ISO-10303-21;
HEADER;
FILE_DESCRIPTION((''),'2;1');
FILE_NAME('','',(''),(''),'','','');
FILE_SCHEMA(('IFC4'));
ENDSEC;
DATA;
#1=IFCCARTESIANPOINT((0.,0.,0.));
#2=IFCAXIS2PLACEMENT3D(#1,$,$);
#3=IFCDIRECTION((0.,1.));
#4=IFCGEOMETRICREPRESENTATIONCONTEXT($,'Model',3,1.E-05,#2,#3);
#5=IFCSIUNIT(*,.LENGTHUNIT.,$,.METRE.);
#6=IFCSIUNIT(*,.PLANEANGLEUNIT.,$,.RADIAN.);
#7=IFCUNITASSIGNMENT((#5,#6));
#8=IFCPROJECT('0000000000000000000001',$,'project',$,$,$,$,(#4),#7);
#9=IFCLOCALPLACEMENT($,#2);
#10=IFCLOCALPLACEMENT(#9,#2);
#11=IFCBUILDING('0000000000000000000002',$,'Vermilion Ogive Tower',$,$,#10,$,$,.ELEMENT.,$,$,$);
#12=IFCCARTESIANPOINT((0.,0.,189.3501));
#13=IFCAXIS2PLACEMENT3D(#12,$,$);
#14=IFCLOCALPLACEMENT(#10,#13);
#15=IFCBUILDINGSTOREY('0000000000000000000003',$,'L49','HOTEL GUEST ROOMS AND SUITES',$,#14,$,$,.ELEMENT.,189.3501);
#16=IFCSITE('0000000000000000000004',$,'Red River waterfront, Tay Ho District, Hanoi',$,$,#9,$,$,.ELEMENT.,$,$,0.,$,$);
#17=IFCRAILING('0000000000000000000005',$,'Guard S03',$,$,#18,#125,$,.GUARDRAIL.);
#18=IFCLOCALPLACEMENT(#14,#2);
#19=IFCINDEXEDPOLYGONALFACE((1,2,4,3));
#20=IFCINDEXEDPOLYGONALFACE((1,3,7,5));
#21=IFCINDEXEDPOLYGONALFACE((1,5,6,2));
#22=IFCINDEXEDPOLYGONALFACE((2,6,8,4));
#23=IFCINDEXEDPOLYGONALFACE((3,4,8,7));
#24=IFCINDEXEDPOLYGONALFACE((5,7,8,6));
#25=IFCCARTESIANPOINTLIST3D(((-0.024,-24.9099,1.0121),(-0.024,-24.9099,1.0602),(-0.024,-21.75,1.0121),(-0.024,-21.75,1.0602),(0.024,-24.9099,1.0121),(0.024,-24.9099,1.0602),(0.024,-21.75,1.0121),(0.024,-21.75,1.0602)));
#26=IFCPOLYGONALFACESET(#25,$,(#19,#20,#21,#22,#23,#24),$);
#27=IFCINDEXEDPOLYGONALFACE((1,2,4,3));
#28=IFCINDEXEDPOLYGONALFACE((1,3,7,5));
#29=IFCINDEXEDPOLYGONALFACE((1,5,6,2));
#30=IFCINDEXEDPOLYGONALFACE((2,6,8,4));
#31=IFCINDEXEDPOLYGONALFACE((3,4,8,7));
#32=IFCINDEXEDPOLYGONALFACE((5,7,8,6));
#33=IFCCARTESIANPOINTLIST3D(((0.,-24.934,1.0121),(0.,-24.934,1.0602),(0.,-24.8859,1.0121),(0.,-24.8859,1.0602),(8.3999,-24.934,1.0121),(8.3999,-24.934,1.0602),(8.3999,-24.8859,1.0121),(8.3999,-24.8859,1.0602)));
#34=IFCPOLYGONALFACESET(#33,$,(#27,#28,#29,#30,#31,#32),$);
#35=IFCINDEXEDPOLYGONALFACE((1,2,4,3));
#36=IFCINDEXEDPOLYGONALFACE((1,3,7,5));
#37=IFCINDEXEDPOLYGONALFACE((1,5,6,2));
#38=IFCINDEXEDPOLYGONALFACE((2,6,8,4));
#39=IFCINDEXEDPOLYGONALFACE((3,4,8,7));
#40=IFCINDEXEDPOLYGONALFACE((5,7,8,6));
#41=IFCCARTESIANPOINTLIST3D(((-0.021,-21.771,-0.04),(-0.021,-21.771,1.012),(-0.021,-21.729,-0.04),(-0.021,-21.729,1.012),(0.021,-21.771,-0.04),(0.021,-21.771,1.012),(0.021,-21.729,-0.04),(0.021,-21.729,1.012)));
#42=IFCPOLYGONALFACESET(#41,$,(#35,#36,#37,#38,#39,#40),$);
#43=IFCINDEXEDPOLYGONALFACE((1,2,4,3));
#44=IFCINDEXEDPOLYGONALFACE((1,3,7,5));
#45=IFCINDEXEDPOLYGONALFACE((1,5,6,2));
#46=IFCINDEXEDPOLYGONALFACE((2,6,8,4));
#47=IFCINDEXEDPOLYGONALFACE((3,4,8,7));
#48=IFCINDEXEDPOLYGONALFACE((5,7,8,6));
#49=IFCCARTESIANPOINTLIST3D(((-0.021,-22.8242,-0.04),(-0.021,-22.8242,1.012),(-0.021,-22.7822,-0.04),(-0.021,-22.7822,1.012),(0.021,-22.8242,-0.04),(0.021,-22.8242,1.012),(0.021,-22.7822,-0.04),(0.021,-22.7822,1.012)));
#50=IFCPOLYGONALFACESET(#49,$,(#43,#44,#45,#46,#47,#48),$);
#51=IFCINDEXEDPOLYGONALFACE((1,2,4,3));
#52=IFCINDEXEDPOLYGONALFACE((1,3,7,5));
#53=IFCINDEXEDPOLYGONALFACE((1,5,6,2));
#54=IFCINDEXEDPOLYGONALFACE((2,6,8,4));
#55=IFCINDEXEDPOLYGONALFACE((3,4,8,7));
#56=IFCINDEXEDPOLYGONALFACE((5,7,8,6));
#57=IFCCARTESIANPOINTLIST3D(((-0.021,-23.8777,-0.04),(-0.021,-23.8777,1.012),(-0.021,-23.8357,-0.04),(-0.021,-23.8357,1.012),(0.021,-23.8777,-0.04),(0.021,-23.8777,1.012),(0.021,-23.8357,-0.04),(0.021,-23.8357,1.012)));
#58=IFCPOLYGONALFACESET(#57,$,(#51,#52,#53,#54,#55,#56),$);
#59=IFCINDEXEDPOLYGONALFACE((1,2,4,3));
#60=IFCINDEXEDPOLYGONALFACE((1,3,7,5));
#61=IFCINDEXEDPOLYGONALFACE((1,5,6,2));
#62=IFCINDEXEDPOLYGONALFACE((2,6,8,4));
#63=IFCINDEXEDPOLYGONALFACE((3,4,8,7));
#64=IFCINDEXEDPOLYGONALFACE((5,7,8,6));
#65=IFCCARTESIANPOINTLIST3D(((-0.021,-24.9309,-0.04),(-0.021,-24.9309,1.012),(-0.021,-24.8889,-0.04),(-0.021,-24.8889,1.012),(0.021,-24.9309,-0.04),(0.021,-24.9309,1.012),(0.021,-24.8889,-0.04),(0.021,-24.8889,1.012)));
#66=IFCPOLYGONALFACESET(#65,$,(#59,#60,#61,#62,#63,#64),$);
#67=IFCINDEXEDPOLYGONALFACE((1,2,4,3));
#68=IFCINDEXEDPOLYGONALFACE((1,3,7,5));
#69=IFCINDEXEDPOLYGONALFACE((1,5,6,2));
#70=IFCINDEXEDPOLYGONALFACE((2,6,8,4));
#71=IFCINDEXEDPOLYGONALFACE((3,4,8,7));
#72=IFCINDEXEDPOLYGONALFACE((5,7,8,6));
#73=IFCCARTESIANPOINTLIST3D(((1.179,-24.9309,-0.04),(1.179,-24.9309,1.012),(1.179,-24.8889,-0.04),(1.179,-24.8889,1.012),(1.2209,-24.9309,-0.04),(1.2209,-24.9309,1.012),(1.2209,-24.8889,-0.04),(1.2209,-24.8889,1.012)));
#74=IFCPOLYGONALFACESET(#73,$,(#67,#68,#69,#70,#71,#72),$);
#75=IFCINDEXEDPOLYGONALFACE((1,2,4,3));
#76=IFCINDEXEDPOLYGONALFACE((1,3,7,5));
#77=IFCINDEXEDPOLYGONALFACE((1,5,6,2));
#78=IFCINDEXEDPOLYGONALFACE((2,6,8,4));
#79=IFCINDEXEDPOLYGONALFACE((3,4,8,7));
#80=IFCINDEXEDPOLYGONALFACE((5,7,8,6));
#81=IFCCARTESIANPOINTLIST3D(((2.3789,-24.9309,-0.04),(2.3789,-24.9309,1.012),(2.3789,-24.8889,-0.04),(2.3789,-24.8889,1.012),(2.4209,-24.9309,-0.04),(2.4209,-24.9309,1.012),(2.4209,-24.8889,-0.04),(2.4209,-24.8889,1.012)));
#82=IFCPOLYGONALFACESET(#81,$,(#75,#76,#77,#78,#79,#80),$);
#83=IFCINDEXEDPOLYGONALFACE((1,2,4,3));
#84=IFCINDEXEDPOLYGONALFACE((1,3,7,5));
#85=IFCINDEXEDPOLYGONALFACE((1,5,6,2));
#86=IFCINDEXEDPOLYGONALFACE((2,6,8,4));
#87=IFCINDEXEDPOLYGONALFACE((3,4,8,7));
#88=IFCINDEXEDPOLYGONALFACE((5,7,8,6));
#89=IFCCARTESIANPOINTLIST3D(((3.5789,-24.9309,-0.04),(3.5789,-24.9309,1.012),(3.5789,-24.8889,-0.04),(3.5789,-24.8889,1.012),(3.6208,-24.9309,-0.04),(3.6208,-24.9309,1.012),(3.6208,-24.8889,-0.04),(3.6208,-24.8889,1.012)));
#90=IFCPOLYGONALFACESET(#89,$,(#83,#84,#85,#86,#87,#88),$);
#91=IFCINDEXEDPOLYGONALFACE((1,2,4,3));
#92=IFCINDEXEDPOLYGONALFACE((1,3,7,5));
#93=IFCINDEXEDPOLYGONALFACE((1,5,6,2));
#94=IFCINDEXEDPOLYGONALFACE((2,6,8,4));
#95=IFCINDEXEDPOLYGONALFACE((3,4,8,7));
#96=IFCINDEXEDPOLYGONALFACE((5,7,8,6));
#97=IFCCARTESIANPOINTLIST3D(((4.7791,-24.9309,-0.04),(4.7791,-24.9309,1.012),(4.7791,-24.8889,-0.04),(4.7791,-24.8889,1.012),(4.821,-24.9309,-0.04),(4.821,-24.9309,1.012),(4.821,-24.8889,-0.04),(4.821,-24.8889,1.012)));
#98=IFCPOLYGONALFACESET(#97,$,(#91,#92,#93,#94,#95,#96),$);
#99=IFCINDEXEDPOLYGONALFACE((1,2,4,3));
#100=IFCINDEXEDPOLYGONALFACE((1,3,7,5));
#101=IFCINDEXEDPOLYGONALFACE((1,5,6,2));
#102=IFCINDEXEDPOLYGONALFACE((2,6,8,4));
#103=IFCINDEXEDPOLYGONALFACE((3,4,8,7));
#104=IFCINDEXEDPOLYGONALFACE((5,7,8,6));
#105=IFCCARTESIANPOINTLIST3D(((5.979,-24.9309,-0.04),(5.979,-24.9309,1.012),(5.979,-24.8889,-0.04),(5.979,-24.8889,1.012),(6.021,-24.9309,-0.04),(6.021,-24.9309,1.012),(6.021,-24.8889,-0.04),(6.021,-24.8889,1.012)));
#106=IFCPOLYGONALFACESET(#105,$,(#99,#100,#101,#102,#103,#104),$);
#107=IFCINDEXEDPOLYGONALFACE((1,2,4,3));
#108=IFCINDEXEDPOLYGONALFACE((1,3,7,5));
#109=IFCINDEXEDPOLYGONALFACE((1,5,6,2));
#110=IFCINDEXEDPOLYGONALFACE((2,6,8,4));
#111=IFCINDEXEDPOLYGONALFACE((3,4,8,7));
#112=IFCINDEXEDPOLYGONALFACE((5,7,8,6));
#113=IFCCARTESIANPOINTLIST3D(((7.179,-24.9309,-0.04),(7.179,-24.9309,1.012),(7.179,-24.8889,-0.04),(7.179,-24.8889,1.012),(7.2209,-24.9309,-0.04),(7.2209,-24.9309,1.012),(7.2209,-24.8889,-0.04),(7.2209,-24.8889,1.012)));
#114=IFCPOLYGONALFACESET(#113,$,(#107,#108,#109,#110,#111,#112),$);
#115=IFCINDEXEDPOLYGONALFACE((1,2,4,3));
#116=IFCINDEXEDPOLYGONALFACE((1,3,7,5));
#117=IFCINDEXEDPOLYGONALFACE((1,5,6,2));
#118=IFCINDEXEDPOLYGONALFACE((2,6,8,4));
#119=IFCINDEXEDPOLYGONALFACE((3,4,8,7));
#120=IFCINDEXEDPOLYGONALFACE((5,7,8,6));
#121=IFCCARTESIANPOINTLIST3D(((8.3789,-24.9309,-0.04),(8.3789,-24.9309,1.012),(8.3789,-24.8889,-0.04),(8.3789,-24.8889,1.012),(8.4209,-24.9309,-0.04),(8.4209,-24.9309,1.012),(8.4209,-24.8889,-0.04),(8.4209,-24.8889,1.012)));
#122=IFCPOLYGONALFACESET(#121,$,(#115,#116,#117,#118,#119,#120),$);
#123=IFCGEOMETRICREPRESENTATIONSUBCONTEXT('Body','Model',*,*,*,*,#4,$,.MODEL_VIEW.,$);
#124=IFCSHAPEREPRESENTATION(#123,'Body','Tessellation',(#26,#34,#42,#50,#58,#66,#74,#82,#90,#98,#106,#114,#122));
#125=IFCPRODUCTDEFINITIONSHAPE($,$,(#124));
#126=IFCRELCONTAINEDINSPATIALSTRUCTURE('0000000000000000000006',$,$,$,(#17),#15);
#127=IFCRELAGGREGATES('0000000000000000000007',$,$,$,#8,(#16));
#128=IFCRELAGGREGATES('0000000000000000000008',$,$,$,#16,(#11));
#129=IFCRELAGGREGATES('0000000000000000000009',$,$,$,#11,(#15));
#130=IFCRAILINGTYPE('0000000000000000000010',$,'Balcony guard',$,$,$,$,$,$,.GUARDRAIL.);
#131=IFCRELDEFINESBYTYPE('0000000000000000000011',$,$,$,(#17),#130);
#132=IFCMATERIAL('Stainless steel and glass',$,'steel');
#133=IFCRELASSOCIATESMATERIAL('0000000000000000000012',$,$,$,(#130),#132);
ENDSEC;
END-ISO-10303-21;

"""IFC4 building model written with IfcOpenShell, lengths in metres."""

from ifc_helpers import new_model, si_unit, direction, frame, origin, origin_2d, place, context, subcontext, project, spatial, rectangle, extrude, material, type_object, element, save


model = new_model("IFC4")

# Units and contexts
model_context = context("Model", 3, precision=1e-05, world=origin(), true_north=direction((0.0, 1.0)))
body_context = subcontext(model_context, "Body", "Model", "MODEL_VIEW")
ifc_project = project(units=[si_unit("LENGTHUNIT", "METRE"), si_unit("PLANEANGLEUNIT", "RADIAN")], contexts=[model_context])

# Site, building, storey
site_placement = place(None, origin())
site = spatial("IfcSite", under=ifc_project, at=site_placement, Name="Red River waterfront, Tay Ho District, Hanoi", CompositionType="ELEMENT", RefElevation=0.0)
building_placement = place(site_placement, origin())
building = spatial("IfcBuilding", under=site, at=building_placement, Name="Vermilion Ogive Tower", CompositionType="ELEMENT")
storey_placement = place(building_placement, frame((0.0, 0.0, 189.3501)))
storey = spatial("IfcBuildingStorey", under=building, at=storey_placement, Name="L49", Description="HOTEL GUEST ROOMS AND SUITES", CompositionType="ELEMENT", Elevation=189.3501)

# Railing
ifc_material_1 = material(Name="Stainless steel and glass", Category="steel")
railing_type = type_object("IfcRailingType", Name="Balcony guard", PredefinedType="GUARDRAIL", material=ifc_material_1)
railing_placement = place(storey_placement, frame((0.0, -21.75, -0.04)))
element("IfcRailing", 1, at=railing_placement, inside=storey, type_object=railing_type, Name="Guard S03", PredefinedType="GUARDRAIL", context=body_context, shape_type="SweptSolid", body=[
    extrude(rectangle(XDim=0.0481, YDim=0.0481, at=origin_2d()), frame((0.0, 0.0, 1.0762), z_axis=(0.0, -1.0, 0.0), x_axis=(1.0, 0.0, 0.0)), (0.0, 0.0, 1.0), 3.1599),
    extrude(rectangle(XDim=0.0481, YDim=0.0481, at=origin_2d()), frame((0.0, -3.1599, 1.0762), z_axis=(1.0, 0.0, 0.0), x_axis=(0.0, 1.0, 0.0)), (0.0, 0.0, 1.0), 8.3999),
    extrude(rectangle(XDim=0.042, YDim=0.042, at=origin_2d()), origin(), (0.0, 0.0, 1.0), 1.052),
    extrude(rectangle(XDim=0.042, YDim=0.042, at=origin_2d()), frame((0.0, -1.0532, 0.0)), (0.0, 0.0, 1.0), 1.052),
    extrude(rectangle(XDim=0.042, YDim=0.042, at=origin_2d()), frame((0.0, -2.1067, 0.0)), (0.0, 0.0, 1.0), 1.052),
    extrude(rectangle(XDim=0.042, YDim=0.042, at=origin_2d()), frame((0.0, -3.1599, 0.0)), (0.0, 0.0, 1.0), 1.052),
    extrude(rectangle(XDim=0.042, YDim=0.042, at=origin_2d()), frame((1.2, -3.1599, 0.0)), (0.0, 0.0, 1.0), 1.052),
    extrude(rectangle(XDim=0.042, YDim=0.042, at=origin_2d()), frame((2.3999, -3.1599, 0.0)), (0.0, 0.0, 1.0), 1.052),
    extrude(rectangle(XDim=0.042, YDim=0.042, at=origin_2d()), frame((3.5999, -3.1599, 0.0)), (0.0, 0.0, 1.0), 1.052),
    extrude(rectangle(XDim=0.042, YDim=0.042, at=origin_2d()), frame((4.8, -3.1599, 0.0)), (0.0, 0.0, 1.0), 1.052),
    extrude(rectangle(XDim=0.042, YDim=0.042, at=origin_2d()), frame((6.0, -3.1599, 0.0)), (0.0, 0.0, 1.0), 1.052),
    extrude(rectangle(XDim=0.042, YDim=0.042, at=origin_2d()), frame((7.2, -3.1599, 0.0)), (0.0, 0.0, 1.0), 1.052),
    extrude(rectangle(XDim=0.042, YDim=0.042, at=origin_2d()), frame((8.3999, -3.1599, 0.0)), (0.0, 0.0, 1.0), 1.052),
])

save(model, "model.ifc")
